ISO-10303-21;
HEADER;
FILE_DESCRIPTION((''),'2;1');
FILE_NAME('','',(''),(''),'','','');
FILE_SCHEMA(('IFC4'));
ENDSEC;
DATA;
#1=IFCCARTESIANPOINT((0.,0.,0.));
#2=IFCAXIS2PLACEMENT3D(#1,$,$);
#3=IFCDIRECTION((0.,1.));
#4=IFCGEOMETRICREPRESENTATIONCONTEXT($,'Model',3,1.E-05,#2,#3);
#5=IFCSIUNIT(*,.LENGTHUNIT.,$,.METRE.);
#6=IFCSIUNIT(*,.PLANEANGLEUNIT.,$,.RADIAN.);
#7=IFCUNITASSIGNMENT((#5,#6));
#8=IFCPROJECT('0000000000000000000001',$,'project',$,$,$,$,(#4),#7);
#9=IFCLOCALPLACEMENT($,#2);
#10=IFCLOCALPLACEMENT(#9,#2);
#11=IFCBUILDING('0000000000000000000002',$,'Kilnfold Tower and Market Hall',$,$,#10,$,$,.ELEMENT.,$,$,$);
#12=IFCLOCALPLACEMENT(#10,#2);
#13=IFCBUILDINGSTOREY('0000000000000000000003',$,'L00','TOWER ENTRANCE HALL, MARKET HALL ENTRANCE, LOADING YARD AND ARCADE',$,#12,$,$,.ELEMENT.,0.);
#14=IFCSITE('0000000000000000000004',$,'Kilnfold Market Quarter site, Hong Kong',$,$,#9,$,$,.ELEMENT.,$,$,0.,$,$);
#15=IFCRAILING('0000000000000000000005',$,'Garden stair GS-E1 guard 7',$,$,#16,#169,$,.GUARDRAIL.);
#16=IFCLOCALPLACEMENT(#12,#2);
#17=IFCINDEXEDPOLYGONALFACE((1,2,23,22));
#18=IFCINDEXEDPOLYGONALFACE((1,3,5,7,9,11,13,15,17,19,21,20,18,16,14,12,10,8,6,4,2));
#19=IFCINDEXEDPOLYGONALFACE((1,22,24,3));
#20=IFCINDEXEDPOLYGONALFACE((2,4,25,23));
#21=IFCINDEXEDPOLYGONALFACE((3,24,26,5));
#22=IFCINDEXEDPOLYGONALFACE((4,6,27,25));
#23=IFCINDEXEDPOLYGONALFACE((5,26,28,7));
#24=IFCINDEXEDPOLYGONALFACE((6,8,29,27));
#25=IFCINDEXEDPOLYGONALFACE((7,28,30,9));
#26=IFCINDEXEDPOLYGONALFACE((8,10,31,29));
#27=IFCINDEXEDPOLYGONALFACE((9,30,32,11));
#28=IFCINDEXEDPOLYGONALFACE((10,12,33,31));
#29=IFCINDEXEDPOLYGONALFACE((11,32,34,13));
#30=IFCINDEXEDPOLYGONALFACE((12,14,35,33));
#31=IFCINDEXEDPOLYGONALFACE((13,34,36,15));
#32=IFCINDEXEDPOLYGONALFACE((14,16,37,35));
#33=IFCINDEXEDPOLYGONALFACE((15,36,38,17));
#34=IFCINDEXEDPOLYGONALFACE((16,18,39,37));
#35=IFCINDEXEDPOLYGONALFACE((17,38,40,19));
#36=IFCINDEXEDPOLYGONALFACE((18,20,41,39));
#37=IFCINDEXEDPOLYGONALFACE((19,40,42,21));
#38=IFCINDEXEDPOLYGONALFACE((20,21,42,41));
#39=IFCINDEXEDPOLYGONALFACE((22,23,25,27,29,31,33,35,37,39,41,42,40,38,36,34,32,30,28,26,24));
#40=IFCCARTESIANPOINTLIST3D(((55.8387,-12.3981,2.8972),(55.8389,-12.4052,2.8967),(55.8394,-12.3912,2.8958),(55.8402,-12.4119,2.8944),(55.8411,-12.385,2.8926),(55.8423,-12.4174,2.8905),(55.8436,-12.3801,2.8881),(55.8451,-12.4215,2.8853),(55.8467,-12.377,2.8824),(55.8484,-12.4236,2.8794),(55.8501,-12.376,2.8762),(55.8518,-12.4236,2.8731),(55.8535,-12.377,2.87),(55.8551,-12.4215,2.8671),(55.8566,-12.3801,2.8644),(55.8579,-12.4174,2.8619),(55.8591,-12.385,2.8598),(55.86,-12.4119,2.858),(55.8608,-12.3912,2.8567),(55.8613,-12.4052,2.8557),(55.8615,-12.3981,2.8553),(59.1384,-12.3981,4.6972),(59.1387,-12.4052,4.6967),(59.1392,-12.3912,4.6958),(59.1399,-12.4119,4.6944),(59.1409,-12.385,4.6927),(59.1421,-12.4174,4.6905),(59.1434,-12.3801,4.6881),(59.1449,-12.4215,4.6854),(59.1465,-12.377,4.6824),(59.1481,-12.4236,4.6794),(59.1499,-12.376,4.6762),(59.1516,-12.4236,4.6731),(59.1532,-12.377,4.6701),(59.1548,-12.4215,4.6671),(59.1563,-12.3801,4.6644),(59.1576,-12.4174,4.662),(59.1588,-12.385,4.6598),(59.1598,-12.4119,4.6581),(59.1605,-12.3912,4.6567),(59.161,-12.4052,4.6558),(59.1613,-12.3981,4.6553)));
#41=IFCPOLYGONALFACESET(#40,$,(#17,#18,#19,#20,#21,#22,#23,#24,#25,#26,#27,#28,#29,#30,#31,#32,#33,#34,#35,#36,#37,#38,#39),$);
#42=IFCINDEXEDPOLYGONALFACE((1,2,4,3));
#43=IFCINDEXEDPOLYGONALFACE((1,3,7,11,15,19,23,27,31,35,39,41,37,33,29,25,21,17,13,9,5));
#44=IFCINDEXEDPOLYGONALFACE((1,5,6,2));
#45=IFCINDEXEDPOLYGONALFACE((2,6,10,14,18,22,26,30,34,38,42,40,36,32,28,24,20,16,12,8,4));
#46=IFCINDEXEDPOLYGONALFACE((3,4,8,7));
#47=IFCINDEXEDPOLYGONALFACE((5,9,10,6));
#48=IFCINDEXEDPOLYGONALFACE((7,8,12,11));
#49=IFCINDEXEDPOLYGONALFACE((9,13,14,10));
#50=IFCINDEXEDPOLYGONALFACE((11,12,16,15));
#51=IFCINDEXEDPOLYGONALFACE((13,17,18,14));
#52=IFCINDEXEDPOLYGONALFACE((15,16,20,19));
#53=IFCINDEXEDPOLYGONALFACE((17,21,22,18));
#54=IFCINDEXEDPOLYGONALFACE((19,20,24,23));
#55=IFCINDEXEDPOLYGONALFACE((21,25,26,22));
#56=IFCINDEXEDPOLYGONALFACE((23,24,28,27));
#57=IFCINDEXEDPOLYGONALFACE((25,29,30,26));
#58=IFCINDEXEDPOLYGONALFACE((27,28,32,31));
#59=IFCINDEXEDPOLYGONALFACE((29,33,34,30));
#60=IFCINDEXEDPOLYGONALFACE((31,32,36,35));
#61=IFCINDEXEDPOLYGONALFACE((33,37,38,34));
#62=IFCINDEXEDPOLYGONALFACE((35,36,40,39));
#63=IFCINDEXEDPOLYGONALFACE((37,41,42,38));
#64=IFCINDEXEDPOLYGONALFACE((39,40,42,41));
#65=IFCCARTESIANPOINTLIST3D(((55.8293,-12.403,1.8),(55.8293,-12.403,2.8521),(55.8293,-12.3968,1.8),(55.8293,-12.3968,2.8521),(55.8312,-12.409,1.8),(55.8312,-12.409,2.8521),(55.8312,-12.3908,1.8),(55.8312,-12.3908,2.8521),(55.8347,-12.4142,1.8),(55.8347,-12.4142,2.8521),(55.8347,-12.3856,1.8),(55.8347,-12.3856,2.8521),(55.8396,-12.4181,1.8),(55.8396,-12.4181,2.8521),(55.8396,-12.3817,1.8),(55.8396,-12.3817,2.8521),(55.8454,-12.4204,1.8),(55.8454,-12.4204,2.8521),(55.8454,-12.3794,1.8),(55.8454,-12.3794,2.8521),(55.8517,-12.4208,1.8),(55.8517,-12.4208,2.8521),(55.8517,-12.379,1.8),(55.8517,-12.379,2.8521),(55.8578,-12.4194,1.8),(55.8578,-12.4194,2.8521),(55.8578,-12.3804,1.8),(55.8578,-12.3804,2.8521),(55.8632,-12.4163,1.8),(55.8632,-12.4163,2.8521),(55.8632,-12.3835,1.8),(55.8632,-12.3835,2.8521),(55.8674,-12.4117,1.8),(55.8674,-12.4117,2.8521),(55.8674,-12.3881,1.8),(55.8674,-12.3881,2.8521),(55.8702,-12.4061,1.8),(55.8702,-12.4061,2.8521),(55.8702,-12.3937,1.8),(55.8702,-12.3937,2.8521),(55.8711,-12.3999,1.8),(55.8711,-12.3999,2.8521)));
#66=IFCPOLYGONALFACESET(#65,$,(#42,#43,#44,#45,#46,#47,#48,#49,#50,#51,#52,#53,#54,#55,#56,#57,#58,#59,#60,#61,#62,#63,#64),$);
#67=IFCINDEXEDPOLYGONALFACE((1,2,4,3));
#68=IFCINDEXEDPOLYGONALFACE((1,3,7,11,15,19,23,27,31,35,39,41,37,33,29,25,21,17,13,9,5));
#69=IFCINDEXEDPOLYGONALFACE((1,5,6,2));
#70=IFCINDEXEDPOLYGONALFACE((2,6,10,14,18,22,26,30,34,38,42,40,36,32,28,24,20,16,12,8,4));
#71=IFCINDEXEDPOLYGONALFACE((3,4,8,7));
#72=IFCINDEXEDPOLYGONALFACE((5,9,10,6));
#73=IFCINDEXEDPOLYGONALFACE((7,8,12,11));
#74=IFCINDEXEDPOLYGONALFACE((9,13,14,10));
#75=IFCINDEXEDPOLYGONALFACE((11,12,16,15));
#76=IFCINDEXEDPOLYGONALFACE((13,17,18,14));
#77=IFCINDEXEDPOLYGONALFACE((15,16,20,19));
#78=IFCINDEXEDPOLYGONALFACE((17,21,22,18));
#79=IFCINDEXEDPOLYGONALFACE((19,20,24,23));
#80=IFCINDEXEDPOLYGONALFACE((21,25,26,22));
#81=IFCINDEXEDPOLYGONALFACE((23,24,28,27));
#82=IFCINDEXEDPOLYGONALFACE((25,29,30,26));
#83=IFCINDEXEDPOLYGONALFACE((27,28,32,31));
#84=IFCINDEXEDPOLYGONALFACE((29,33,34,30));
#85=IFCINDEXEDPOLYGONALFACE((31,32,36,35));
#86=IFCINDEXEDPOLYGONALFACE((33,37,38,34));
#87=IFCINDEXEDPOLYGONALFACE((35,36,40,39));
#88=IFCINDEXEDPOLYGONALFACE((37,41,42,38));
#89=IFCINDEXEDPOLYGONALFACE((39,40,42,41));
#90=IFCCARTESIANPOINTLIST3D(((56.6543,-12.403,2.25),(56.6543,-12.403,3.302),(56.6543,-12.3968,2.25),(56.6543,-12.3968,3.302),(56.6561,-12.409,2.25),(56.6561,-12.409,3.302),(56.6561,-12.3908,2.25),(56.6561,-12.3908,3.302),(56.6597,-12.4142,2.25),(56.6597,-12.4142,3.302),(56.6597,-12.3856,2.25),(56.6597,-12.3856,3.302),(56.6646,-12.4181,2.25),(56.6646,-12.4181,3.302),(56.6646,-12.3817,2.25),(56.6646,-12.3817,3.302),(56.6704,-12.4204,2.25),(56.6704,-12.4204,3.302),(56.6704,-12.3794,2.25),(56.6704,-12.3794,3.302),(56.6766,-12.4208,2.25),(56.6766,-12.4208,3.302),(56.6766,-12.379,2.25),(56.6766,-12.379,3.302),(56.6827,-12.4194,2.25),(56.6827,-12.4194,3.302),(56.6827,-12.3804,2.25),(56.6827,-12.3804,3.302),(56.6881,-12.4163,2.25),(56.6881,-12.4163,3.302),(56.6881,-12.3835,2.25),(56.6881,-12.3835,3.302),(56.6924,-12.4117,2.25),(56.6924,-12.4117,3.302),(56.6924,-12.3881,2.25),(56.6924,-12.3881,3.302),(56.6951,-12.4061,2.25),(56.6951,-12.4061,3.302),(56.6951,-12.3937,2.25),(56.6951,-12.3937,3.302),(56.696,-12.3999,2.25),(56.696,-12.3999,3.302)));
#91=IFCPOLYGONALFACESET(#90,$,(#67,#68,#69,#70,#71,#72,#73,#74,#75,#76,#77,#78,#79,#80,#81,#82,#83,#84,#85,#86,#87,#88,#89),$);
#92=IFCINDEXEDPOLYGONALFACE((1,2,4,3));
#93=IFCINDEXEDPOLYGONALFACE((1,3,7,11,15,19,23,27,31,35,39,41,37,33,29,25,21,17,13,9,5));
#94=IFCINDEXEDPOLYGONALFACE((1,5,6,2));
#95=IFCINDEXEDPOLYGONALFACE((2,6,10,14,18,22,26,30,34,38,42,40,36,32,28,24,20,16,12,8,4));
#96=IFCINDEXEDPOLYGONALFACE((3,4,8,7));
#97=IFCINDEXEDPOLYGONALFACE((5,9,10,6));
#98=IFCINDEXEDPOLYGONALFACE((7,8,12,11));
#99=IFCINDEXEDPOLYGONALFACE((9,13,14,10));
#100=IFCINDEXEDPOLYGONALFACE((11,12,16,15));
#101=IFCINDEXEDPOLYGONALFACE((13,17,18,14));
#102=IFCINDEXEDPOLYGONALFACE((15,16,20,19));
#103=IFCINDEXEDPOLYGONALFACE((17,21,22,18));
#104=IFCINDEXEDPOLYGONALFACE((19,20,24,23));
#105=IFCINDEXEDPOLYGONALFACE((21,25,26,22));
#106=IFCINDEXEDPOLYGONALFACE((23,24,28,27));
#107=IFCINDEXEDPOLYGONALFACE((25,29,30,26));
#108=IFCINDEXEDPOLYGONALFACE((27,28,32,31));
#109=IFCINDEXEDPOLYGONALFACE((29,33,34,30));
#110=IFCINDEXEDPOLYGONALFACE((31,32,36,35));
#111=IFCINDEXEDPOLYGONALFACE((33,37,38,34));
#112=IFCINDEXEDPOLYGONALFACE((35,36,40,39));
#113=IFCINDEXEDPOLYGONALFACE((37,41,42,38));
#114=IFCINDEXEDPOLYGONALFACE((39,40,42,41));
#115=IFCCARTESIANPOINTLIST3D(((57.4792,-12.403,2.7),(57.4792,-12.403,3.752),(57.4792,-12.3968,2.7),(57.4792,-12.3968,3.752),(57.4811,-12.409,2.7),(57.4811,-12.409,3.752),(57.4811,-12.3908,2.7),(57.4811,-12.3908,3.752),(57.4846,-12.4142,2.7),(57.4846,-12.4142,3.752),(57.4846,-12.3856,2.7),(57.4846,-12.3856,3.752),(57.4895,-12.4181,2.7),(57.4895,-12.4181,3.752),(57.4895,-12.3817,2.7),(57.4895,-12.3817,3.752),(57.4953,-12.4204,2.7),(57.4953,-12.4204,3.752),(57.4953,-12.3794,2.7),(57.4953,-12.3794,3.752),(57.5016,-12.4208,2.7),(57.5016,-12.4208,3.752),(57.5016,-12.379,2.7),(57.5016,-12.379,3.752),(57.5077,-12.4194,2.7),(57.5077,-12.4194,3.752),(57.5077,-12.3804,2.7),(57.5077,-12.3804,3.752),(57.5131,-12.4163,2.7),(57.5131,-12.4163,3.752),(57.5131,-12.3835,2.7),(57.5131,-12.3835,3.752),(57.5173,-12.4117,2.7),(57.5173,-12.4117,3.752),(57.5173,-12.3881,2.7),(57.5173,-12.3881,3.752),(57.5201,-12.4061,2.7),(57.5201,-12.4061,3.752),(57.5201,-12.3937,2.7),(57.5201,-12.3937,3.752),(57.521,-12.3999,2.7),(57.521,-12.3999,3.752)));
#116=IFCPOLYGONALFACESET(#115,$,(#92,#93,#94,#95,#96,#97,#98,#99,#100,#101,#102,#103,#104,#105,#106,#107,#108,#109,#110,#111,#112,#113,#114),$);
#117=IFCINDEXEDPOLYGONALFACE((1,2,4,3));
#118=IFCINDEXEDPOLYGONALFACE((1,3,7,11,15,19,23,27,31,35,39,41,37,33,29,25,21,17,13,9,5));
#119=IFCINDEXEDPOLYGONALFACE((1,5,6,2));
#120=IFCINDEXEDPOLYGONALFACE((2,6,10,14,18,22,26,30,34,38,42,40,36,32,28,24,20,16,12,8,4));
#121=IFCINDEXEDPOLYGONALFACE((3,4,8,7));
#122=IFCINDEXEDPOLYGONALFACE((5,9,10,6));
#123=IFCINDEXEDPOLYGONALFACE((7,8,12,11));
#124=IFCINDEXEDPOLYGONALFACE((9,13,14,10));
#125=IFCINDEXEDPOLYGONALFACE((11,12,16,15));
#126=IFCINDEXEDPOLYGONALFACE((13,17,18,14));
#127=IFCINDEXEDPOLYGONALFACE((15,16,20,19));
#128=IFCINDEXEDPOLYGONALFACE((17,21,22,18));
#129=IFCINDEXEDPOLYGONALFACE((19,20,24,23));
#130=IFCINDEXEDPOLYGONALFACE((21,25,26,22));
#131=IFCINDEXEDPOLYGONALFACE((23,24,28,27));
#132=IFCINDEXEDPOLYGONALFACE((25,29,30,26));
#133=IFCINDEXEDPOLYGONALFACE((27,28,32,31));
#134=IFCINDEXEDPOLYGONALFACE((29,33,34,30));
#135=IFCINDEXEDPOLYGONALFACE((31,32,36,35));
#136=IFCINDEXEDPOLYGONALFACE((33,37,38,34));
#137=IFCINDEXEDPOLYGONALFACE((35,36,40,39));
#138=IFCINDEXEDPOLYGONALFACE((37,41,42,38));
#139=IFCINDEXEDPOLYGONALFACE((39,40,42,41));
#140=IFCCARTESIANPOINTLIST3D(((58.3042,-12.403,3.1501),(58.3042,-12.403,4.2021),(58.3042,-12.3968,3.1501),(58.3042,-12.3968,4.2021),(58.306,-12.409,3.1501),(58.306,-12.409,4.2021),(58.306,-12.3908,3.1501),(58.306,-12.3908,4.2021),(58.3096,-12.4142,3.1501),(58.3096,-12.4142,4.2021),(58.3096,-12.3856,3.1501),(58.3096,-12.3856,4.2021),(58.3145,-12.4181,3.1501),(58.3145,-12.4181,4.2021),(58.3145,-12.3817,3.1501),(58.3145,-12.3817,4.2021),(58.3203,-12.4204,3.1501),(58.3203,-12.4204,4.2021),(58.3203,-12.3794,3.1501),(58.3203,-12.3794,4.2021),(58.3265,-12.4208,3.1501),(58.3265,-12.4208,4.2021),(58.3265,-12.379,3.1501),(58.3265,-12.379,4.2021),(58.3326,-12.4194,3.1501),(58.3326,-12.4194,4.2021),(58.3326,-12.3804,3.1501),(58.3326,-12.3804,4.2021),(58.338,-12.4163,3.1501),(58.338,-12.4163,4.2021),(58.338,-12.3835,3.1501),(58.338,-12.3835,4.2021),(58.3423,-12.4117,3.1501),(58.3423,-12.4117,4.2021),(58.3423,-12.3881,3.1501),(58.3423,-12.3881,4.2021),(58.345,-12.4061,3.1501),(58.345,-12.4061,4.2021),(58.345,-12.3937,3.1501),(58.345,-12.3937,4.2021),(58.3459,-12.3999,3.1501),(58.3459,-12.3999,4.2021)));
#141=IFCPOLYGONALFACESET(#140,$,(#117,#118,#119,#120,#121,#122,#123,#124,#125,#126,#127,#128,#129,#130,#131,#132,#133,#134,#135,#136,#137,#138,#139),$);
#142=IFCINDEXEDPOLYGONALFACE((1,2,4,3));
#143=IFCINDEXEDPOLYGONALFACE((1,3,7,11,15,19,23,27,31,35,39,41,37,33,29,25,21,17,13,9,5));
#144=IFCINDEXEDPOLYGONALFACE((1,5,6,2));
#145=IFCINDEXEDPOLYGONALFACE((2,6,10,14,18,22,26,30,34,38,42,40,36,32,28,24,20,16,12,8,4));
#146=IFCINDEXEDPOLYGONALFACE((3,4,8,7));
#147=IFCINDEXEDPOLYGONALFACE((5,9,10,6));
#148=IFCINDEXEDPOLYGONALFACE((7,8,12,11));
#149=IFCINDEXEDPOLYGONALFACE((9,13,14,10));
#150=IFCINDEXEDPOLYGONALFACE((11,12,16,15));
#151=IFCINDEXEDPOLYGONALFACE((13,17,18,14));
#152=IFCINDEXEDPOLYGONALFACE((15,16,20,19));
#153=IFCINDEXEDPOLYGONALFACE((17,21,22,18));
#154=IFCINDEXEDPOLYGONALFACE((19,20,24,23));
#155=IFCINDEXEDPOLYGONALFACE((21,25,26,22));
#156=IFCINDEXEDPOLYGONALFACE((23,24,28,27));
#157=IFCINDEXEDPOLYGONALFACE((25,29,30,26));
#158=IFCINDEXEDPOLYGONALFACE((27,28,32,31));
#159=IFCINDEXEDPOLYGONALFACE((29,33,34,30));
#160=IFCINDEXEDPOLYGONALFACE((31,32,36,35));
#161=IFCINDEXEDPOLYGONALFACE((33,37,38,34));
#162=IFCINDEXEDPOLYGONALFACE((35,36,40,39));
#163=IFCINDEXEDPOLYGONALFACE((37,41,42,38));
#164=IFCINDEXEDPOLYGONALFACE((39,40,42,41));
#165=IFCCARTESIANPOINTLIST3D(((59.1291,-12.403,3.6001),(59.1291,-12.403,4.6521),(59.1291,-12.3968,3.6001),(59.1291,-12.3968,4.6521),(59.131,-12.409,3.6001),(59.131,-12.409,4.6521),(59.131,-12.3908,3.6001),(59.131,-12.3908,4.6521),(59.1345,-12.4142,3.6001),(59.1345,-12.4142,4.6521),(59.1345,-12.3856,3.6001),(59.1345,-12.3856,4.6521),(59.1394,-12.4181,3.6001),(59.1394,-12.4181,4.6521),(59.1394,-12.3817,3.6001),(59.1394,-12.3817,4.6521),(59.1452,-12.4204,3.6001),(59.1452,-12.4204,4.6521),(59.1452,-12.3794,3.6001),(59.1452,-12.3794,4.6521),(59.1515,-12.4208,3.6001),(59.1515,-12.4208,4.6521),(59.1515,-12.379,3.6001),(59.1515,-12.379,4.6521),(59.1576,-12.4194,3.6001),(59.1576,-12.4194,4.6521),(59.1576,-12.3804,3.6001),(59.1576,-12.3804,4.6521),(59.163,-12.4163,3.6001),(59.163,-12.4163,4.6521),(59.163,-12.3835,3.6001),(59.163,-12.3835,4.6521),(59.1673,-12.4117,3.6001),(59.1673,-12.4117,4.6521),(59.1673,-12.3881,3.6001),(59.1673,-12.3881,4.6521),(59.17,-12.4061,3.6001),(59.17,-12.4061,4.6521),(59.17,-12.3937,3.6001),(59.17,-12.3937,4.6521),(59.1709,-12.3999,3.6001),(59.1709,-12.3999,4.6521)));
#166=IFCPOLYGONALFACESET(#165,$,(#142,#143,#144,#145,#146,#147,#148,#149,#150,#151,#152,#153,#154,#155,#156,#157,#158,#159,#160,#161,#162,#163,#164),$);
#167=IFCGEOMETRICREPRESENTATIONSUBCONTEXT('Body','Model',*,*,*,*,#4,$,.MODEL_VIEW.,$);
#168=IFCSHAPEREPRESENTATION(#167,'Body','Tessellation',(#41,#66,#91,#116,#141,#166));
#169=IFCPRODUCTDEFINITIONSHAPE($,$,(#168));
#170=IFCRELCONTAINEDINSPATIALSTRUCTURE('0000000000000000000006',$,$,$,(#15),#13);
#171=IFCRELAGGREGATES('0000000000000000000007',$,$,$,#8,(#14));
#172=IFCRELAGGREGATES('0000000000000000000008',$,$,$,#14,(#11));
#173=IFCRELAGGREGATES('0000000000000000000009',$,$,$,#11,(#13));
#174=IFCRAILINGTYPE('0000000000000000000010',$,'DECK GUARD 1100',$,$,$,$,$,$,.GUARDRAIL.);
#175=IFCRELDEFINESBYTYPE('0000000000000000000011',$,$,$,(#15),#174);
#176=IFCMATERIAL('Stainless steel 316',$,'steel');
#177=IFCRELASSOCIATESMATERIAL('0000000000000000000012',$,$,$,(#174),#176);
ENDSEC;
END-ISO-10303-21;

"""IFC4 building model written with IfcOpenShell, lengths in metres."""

from ifc_helpers import new_model, si_unit, direction, frame, origin, origin_2d, place, context, subcontext, project, spatial, circle, extrude, material, type_object, element, save


model = new_model("IFC4")

# Units and contexts
model_context = context("Model", 3, precision=1e-05, world=origin(), true_north=direction((0.0, 1.0)))
body_context = subcontext(model_context, "Body", "Model", "MODEL_VIEW")
ifc_project = project(units=[si_unit("LENGTHUNIT", "METRE"), si_unit("PLANEANGLEUNIT", "RADIAN")], contexts=[model_context])

# Site, building, storey
site_placement = place(None, origin())
site = spatial("IfcSite", under=ifc_project, at=site_placement, Name="Kilnfold Market Quarter site, Hong Kong", CompositionType="ELEMENT", RefElevation=0.0)
building_placement = place(site_placement, origin())
building = spatial("IfcBuilding", under=site, at=building_placement, Name="Kilnfold Tower and Market Hall", CompositionType="ELEMENT")
storey_placement = place(building_placement, origin())
storey = spatial("IfcBuildingStorey", under=building, at=storey_placement, Name="L00", Description="TOWER ENTRANCE HALL, MARKET HALL ENTRANCE, LOADING YARD AND ARCADE", CompositionType="ELEMENT", Elevation=0.0)

# Railing
ifc_material_1 = material(Name="Stainless steel 316", Category="steel")
railing_type_1 = type_object("IfcRailingType", Name="DECK GUARD 1100", PredefinedType="GUARDRAIL", material=ifc_material_1)
railing_1_placement = place(storey_placement, frame((55.8501, -12.3999, 1.8)))
element("IfcRailing", 1, at=railing_1_placement, inside=storey, type_object=railing_type_1, Name="Garden stair GS-E1 guard 7", PredefinedType="GUARDRAIL", context=body_context, shape_type="SweptSolid", body=[
    extrude(circle(Radius=0.0239, at=origin_2d()), frame((0.0, 0.0, 1.0762), z_axis=(0.877878, 0.0, 0.478884), x_axis=(0.0, 1.0, 0.0)), (0.0, 0.0, 1.0), 3.7588),
    extrude(circle(Radius=0.021, at=origin_2d()), origin(), (0.0, 0.0, 1.0), 1.052),
    extrude(circle(Radius=0.021, at=origin_2d()), frame((0.825, 0.0, 0.45)), (0.0, 0.0, 1.0), 1.052),
    extrude(circle(Radius=0.021, at=origin_2d()), frame((1.6499, 0.0, 0.8999)), (0.0, 0.0, 1.0), 1.052),
    extrude(circle(Radius=0.021, at=origin_2d()), frame((2.4749, 0.0, 1.3501)), (0.0, 0.0, 1.0), 1.052),
    extrude(circle(Radius=0.021, at=origin_2d()), frame((3.2998, 0.0, 1.8)), (0.0, 0.0, 1.0), 1.052),
])

save(model, "model.ifc")
